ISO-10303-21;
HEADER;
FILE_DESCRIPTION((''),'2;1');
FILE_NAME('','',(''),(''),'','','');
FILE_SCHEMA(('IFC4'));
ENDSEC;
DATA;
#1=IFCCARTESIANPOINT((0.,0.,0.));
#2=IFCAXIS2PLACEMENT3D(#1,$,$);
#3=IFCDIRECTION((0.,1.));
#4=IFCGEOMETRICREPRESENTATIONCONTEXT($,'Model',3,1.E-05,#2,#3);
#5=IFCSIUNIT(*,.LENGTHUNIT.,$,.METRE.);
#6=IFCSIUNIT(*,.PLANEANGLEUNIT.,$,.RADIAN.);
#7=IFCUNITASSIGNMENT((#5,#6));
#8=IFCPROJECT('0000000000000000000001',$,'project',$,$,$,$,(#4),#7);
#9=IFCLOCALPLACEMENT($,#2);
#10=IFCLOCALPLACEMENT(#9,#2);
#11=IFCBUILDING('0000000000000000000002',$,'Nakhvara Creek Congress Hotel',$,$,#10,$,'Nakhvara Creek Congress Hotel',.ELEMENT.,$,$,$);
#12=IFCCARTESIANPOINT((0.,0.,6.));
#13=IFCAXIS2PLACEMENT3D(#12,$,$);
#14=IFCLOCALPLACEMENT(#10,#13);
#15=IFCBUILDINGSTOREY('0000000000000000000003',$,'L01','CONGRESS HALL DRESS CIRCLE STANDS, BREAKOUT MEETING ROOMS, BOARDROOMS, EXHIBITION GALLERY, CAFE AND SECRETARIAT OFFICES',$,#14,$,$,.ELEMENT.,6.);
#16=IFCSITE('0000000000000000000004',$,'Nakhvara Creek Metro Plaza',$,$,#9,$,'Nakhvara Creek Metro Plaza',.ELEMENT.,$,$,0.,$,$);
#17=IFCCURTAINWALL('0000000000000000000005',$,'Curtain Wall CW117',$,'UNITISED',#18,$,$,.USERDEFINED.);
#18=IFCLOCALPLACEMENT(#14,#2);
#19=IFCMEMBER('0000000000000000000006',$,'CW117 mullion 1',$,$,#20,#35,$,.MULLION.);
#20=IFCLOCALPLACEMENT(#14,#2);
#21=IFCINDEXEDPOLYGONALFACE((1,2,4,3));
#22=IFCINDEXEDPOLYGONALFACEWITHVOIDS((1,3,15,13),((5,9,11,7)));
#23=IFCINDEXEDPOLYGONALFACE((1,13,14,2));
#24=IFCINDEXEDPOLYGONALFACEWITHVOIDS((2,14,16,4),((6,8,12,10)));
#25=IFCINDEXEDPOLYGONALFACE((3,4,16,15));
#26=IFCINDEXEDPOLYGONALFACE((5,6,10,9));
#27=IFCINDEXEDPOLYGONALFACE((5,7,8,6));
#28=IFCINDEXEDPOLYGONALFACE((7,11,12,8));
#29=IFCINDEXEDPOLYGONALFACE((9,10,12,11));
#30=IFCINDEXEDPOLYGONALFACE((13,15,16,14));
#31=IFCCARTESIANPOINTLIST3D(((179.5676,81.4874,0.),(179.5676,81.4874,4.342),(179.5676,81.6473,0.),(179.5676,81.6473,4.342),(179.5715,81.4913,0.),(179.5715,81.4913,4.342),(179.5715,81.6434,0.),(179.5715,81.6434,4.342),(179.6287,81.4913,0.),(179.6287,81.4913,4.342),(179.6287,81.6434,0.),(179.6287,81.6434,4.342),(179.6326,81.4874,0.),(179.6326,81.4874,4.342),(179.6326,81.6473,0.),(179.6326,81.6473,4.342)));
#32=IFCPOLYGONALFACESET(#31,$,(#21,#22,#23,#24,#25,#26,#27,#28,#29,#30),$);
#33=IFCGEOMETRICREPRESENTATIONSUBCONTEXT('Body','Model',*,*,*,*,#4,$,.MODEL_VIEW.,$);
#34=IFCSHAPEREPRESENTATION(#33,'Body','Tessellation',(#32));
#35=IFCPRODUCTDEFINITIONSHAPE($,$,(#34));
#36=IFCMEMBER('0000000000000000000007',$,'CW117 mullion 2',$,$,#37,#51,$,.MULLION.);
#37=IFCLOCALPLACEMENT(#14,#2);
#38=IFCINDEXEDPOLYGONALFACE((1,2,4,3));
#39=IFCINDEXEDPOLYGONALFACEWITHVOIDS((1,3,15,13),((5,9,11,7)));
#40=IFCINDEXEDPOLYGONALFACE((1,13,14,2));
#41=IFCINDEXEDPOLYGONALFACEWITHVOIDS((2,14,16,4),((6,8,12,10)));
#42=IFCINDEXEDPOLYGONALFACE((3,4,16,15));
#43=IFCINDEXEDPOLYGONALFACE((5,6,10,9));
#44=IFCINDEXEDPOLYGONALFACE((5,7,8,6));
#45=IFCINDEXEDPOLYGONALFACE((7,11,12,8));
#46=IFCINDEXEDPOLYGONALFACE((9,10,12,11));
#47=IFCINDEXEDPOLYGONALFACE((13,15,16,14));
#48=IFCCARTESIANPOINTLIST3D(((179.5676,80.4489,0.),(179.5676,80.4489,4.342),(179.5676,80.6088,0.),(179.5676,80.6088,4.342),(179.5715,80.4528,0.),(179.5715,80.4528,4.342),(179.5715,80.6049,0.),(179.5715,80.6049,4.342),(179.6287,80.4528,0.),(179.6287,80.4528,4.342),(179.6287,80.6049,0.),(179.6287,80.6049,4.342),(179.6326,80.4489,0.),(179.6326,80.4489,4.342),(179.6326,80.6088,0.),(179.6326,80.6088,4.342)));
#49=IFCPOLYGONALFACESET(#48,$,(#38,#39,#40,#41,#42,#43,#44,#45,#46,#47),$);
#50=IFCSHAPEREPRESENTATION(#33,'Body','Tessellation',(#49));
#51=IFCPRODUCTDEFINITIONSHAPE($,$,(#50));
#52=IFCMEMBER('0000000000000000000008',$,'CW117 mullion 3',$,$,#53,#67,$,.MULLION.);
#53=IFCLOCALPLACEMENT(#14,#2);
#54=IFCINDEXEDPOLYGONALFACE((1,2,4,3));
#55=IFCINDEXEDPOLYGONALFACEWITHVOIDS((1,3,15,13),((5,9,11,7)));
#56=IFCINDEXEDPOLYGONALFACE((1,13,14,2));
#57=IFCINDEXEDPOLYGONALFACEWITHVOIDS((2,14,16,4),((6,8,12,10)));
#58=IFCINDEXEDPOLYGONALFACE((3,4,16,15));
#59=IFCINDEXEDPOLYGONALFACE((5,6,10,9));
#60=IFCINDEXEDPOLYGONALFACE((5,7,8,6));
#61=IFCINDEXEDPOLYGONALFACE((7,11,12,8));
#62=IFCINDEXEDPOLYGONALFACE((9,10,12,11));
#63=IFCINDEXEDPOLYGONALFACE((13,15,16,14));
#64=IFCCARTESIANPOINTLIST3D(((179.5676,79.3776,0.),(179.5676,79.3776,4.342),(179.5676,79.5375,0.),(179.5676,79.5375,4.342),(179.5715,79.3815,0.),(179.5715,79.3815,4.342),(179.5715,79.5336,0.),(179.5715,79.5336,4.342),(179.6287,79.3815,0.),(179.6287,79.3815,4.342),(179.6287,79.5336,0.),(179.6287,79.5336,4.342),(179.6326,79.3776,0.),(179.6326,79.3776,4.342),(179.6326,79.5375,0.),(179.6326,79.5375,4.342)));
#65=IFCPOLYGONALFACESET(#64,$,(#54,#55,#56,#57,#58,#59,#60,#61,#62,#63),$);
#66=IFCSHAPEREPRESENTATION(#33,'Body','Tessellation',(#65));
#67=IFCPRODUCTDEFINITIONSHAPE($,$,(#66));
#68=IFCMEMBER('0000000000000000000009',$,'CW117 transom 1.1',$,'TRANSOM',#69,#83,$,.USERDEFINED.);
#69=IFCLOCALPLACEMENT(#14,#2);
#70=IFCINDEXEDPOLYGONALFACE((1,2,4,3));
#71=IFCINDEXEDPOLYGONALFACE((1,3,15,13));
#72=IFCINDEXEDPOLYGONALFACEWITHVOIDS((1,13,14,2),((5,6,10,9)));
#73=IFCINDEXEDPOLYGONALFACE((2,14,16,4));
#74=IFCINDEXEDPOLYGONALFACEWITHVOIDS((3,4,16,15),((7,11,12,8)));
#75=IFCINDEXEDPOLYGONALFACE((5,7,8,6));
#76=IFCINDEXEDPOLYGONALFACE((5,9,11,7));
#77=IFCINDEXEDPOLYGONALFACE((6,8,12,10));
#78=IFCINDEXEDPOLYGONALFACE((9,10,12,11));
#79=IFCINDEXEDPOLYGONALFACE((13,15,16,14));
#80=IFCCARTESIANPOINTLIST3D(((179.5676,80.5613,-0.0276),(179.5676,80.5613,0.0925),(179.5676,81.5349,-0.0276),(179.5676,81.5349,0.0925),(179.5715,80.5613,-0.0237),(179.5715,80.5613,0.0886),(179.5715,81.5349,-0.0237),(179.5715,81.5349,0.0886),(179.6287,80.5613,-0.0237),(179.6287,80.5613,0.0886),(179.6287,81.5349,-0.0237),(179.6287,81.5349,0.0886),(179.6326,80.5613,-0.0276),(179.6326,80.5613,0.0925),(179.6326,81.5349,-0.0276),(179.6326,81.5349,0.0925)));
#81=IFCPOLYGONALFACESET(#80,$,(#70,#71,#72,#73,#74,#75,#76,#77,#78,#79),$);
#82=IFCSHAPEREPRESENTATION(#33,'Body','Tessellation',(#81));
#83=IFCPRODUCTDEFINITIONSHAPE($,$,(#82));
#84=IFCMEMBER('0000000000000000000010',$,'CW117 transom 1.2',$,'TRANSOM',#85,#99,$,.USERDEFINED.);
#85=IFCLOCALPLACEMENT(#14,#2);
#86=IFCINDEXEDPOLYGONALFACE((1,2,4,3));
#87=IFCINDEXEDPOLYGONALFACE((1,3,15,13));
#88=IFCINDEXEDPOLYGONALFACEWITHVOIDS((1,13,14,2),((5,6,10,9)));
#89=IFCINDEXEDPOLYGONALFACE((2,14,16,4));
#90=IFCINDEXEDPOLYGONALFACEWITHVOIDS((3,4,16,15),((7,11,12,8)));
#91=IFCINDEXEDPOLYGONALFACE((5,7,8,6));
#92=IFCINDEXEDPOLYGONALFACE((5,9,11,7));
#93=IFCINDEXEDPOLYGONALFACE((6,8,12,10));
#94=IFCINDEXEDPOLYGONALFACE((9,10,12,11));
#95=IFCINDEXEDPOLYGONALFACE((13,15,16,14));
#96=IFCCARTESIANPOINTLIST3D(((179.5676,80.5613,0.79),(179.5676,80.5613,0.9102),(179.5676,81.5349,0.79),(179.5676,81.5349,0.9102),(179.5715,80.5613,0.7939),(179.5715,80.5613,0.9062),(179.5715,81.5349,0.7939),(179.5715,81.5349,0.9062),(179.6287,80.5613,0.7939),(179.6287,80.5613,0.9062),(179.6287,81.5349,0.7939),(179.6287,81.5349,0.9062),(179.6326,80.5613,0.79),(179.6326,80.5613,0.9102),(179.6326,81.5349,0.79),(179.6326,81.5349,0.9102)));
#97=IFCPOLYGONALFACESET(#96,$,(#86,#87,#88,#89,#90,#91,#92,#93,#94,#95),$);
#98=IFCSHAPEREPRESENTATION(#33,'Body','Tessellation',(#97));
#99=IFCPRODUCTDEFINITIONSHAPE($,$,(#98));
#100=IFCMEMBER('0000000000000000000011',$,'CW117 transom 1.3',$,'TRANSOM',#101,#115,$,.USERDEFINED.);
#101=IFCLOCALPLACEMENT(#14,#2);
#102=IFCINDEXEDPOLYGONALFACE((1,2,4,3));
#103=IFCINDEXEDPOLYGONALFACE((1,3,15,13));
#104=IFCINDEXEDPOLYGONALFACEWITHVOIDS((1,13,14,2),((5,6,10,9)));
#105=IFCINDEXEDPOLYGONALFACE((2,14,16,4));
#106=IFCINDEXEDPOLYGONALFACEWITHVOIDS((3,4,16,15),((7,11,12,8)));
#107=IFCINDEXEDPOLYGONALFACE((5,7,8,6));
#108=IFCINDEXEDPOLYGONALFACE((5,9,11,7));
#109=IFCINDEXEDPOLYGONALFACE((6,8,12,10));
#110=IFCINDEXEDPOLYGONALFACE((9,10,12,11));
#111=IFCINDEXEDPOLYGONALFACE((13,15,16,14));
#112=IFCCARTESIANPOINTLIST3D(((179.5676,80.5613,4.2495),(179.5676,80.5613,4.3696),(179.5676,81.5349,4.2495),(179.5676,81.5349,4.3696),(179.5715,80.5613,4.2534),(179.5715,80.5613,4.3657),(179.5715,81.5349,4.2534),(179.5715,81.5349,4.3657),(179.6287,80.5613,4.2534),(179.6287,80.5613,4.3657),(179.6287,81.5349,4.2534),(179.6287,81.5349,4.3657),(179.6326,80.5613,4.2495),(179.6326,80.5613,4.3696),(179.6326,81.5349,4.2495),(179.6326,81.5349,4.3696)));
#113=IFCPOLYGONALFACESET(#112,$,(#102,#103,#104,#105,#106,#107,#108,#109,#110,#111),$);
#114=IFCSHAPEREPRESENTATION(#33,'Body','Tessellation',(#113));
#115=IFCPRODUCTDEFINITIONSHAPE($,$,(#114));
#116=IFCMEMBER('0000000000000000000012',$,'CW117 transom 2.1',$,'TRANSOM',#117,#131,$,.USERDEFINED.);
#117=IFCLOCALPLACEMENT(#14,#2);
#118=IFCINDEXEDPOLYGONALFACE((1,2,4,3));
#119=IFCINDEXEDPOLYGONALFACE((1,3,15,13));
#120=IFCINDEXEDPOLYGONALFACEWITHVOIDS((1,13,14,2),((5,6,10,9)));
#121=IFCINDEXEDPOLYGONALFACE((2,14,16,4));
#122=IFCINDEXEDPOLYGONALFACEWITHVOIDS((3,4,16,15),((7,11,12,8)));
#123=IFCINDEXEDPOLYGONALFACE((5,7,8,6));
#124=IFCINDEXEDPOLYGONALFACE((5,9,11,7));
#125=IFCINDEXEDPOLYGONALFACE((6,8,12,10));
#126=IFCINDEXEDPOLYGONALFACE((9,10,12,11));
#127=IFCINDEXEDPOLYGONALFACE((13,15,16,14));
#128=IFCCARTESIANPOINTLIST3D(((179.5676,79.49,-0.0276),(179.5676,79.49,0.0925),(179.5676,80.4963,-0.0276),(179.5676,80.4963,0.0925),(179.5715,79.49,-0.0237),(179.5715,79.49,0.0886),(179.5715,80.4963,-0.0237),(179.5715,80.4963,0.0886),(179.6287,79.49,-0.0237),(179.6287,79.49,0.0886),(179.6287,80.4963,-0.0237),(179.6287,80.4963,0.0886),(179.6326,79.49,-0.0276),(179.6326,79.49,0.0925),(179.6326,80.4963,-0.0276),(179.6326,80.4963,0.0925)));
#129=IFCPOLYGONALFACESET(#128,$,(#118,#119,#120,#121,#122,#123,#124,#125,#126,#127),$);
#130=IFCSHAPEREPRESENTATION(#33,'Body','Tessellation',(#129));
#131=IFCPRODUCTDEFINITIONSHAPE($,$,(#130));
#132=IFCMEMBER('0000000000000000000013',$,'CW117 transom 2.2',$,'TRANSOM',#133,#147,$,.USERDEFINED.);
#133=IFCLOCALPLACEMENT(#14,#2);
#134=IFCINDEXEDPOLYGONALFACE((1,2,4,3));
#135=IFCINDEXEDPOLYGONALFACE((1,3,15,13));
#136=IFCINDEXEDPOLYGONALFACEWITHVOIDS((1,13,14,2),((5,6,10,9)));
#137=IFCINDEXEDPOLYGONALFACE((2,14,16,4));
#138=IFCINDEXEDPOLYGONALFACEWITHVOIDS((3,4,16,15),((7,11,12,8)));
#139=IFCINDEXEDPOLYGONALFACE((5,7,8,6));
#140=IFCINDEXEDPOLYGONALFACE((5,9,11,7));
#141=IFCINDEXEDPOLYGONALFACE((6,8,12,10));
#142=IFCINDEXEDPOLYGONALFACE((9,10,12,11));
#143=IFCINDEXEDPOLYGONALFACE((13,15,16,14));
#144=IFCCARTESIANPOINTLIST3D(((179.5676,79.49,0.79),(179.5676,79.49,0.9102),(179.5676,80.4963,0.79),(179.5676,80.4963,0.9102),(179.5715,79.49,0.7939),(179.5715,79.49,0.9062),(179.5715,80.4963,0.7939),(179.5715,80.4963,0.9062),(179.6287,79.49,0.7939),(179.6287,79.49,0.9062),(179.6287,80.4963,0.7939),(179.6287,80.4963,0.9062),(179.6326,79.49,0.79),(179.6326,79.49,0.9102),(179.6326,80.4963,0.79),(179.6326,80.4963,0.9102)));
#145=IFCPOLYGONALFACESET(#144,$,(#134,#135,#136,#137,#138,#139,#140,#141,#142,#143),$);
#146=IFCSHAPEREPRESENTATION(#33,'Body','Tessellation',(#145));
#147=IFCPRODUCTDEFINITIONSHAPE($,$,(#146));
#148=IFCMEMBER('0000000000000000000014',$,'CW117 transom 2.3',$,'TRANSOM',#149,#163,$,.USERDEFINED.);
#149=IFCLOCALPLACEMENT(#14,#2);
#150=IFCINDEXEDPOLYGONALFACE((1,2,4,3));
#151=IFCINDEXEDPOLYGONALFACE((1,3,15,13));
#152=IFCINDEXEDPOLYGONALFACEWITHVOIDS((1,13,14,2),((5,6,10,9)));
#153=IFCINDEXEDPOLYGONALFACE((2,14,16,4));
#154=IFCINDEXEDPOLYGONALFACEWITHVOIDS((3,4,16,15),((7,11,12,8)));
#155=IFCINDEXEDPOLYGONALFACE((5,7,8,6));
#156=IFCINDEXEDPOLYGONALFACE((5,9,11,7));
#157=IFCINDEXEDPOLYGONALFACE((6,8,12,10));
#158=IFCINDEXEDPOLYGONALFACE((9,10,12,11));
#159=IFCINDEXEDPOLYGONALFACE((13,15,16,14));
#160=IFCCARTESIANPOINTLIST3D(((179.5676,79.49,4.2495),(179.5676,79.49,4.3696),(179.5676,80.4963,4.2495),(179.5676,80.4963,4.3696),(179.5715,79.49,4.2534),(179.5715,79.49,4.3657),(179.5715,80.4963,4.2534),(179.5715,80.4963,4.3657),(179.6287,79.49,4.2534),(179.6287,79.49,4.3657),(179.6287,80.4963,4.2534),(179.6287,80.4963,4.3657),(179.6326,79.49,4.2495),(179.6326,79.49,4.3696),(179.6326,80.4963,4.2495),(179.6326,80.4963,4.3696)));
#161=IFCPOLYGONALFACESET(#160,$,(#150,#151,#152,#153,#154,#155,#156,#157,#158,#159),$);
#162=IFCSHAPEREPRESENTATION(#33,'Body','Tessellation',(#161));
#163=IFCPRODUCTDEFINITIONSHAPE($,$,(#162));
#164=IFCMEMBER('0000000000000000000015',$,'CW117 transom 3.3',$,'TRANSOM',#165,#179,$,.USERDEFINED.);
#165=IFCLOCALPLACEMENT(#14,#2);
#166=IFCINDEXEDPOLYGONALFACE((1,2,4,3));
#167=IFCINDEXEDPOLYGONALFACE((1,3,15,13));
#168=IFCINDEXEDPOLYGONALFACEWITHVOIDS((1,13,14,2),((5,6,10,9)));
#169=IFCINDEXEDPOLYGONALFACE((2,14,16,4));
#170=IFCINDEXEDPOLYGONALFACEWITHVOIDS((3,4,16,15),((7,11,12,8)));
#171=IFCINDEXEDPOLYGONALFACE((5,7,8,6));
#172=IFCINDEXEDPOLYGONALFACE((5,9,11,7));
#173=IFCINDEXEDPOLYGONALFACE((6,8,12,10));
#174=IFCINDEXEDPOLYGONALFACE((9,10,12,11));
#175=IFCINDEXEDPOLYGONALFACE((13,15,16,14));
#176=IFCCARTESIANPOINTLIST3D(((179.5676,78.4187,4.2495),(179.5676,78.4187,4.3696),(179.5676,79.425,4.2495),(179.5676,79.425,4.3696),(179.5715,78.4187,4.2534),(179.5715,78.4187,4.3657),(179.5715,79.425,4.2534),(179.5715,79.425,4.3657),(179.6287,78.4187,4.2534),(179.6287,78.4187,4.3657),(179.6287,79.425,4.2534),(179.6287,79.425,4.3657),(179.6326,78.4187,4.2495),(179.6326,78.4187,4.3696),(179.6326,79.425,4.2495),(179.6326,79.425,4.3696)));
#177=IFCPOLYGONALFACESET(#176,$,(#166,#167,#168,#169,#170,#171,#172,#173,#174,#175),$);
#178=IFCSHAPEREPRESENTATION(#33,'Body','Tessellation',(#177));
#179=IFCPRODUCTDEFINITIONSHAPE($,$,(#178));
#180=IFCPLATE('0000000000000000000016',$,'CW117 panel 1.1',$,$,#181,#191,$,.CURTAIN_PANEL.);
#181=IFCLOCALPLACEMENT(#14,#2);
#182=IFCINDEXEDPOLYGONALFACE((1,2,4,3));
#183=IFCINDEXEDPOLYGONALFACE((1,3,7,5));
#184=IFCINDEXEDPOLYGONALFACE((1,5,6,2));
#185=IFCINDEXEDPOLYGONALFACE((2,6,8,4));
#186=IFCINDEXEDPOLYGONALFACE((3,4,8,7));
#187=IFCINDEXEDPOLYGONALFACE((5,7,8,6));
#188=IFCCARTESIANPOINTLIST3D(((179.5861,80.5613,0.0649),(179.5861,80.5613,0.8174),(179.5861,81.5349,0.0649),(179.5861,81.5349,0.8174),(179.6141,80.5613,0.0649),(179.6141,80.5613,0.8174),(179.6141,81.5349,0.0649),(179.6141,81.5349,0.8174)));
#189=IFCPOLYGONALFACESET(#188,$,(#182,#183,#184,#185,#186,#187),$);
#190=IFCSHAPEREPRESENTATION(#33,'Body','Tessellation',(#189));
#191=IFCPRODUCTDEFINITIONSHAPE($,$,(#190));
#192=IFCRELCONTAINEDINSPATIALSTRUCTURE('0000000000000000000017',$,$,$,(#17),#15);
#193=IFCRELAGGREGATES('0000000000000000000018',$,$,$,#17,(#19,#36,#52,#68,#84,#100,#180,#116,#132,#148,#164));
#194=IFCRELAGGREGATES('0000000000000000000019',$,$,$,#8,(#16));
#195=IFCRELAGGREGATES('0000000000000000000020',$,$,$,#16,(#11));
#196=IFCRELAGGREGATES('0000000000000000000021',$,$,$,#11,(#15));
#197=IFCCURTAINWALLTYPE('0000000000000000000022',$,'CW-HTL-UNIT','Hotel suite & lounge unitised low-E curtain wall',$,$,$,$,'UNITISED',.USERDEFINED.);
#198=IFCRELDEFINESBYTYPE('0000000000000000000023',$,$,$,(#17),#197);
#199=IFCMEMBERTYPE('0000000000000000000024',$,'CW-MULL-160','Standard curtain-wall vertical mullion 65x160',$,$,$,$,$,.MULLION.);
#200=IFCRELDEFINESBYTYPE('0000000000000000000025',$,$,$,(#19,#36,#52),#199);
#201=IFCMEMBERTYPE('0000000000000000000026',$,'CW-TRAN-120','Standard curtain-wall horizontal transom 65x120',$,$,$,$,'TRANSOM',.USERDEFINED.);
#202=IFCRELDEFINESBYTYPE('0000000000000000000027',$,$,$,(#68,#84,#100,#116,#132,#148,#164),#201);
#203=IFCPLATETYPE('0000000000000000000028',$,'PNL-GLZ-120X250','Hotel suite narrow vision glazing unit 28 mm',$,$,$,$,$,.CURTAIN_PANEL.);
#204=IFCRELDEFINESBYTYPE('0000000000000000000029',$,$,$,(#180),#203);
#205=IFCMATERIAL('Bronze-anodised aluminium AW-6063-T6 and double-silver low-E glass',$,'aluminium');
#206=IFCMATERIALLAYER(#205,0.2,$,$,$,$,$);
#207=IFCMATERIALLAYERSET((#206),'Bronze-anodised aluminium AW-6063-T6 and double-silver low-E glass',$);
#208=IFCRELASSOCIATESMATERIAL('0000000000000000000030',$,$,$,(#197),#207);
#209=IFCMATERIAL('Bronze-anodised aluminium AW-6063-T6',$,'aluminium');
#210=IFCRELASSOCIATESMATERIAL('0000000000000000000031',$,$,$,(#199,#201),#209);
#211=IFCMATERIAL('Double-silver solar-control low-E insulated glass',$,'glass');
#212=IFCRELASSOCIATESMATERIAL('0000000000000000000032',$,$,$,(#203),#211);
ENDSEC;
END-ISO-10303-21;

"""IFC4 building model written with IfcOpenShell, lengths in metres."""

from ifc_helpers import new_model, si_unit, direction, frame, origin, origin_2d, place, context, subcontext, project, spatial, rectangle, hollow_rectangle, extrude, material, layer, layer_set, material_profile, profile_set, type_object, element, aggregate, save


model = new_model("IFC4")

# Units and contexts
model_context = context("Model", 3, precision=1e-05, world=origin(), true_north=direction((0.0, 1.0)))
body_context = subcontext(model_context, "Body", "Model", "MODEL_VIEW")
ifc_project = project(units=[si_unit("LENGTHUNIT", "METRE"), si_unit("PLANEANGLEUNIT", "RADIAN")], contexts=[model_context])

# Site, building, storey
site_placement = place(None, origin())
site = spatial("IfcSite", under=ifc_project, at=site_placement, Name="Nakhvara Creek Metro Plaza", LongName="Nakhvara Creek Metro Plaza", CompositionType="ELEMENT", RefElevation=0.0)
building_placement = place(site_placement, origin())
building = spatial("IfcBuilding", under=site, at=building_placement, Name="Nakhvara Creek Congress Hotel", LongName="Nakhvara Creek Congress Hotel", CompositionType="ELEMENT")
storey_placement = place(building_placement, frame((0.0, 0.0, 6.0)))
storey = spatial("IfcBuildingStorey", under=building, at=storey_placement, Name="L01", Description="CONGRESS HALL DRESS CIRCLE STANDS, BREAKOUT MEETING ROOMS, BOARDROOMS, EXHIBITION GALLERY, CAFE AND SECRETARIAT OFFICES", CompositionType="ELEMENT", Elevation=6.0)

# Curtain wall, members, plate
ifc_material_1 = material(Name="Bronze-anodised aluminium AW-6063-T6 and double-silver low-E glass", Category="aluminium")
ifc_layer_1 = layer(ifc_material_1, 0.2)
ifc_layer_set_1 = layer_set([ifc_layer_1], Name="Bronze-anodised aluminium AW-6063-T6 and double-silver low-E glass")
curtain_wall_type = type_object("IfcCurtainWallType", Name="CW-HTL-UNIT", Description="Hotel suite & lounge unitised low-E curtain wall", ElementType="UNITISED", PredefinedType="USERDEFINED", material=ifc_layer_set_1)
curtain_wall_placement = place(storey_placement, origin())
curtain_wall = element("IfcCurtainWall", 1, at=curtain_wall_placement, inside=storey, type_object=curtain_wall_type, Name="Curtain Wall CW117", ObjectType="UNITISED", PredefinedType="USERDEFINED")
ifc_material_2 = material(Name="Bronze-anodised aluminium AW-6063-T6", Category="aluminium")
ifc_material_profile_1 = material_profile(ifc_material_2, hollow_rectangle(XDim=0.0649, YDim=0.1599, WallThickness=0.0039, at=origin_2d()), Name="ALU-MULL 65x160x4", Category="LoadBearing")
ifc_profile_set_1 = profile_set([ifc_material_profile_1], Name="Bronze-anodised aluminium AW-6063-T6")
member_type_1 = type_object("IfcMemberType", Name="CW-MULL-160", Description="Standard curtain-wall vertical mullion 65x160", PredefinedType="MULLION", material=ifc_profile_set_1)
member_1_placement = place(storey_placement, frame((179.6001, 81.5674, 0.0), z_axis=(0.0, 0.0, 1.0), x_axis=(1.0, 0.0, 0.0)))
member_1 = element("IfcMember", 2, at=member_1_placement, type_object=member_type_1, Name="CW117 mullion 1", PredefinedType="MULLION", context=body_context, shape_type="SweptSolid", body=[
    extrude(hollow_rectangle(XDim=0.0649, YDim=0.1599, WallThickness=0.0039, at=origin_2d()), origin(), (0.0, 0.0, 1.0), 4.342),
])
member_2_placement = place(storey_placement, frame((179.6001, 80.5288, 0.0), z_axis=(0.0, 0.0, 1.0), x_axis=(1.0, 0.0, 0.0)))
member_2 = element("IfcMember", 3, at=member_2_placement, type_object=member_type_1, Name="CW117 mullion 2", PredefinedType="MULLION", context=body_context, shape_type="SweptSolid", body=[
    extrude(hollow_rectangle(XDim=0.0649, YDim=0.1599, WallThickness=0.0039, at=origin_2d()), origin(), (0.0, 0.0, 1.0), 4.342),
])
member_3_placement = place(storey_placement, frame((179.6001, 79.4575, 0.0), z_axis=(0.0, 0.0, 1.0), x_axis=(1.0, 0.0, 0.0)))
member_3 = element("IfcMember", 4, at=member_3_placement, type_object=member_type_1, Name="CW117 mullion 3", PredefinedType="MULLION", context=body_context, shape_type="SweptSolid", body=[
    extrude(hollow_rectangle(XDim=0.0649, YDim=0.1599, WallThickness=0.0039, at=origin_2d()), origin(), (0.0, 0.0, 1.0), 4.342),
])
ifc_material_profile_2 = material_profile(ifc_material_2, hollow_rectangle(XDim=0.0649, YDim=0.1201, WallThickness=0.0039, at=origin_2d()), Name="ALU-TRAN 65x120x4", Category="LoadBearing")
ifc_profile_set_2 = profile_set([ifc_material_profile_2], Name="Bronze-anodised aluminium AW-6063-T6")
member_type_2 = type_object("IfcMemberType", Name="CW-TRAN-120", Description="Standard curtain-wall horizontal transom 65x120", ElementType="TRANSOM", PredefinedType="USERDEFINED", material=ifc_profile_set_2)
member_4_placement = place(storey_placement, frame((179.6001, 81.5349, 0.0325), z_axis=(0.0, -1.0, 0.0), x_axis=(1.0, 0.0, 0.0)))
member_4 = element("IfcMember", 5, at=member_4_placement, type_object=member_type_2, Name="CW117 transom 1.1", ObjectType="TRANSOM", PredefinedType="USERDEFINED", context=body_context, shape_type="SweptSolid", body=[
    extrude(hollow_rectangle(XDim=0.0649, YDim=0.1201, WallThickness=0.0039, at=origin_2d()), origin(), (0.0, 0.0, 1.0), 0.9736),
])
member_5_placement = place(storey_placement, frame((179.6001, 81.5349, 0.8501), z_axis=(0.0, -1.0, 0.0), x_axis=(1.0, 0.0, 0.0)))
member_5 = element("IfcMember", 6, at=member_5_placement, type_object=member_type_2, Name="CW117 transom 1.2", ObjectType="TRANSOM", PredefinedType="USERDEFINED", context=body_context, shape_type="SweptSolid", body=[
    extrude(hollow_rectangle(XDim=0.0649, YDim=0.1201, WallThickness=0.0039, at=origin_2d()), origin(), (0.0, 0.0, 1.0), 0.9736),
])
member_6_placement = place(storey_placement, frame((179.6001, 81.5349, 4.3096), z_axis=(0.0, -1.0, 0.0), x_axis=(1.0, 0.0, 0.0)))
member_6 = element("IfcMember", 7, at=member_6_placement, type_object=member_type_2, Name="CW117 transom 1.3", ObjectType="TRANSOM", PredefinedType="USERDEFINED", context=body_context, shape_type="SweptSolid", body=[
    extrude(hollow_rectangle(XDim=0.0649, YDim=0.1201, WallThickness=0.0039, at=origin_2d()), origin(), (0.0, 0.0, 1.0), 0.9736),
])
member_7_placement = place(storey_placement, frame((179.6001, 80.4963, 0.0325), z_axis=(0.0, -1.0, 0.0), x_axis=(1.0, 0.0, 0.0)))
member_7 = element("IfcMember", 8, at=member_7_placement, type_object=member_type_2, Name="CW117 transom 2.1", ObjectType="TRANSOM", PredefinedType="USERDEFINED", context=body_context, shape_type="SweptSolid", body=[
    extrude(hollow_rectangle(XDim=0.0649, YDim=0.1201, WallThickness=0.0039, at=origin_2d()), origin(), (0.0, 0.0, 1.0), 1.0063),
])
member_8_placement = place(storey_placement, frame((179.6001, 80.4963, 0.8501), z_axis=(0.0, -1.0, 0.0), x_axis=(1.0, 0.0, 0.0)))
member_8 = element("IfcMember", 9, at=member_8_placement, type_object=member_type_2, Name="CW117 transom 2.2", ObjectType="TRANSOM", PredefinedType="USERDEFINED", context=body_context, shape_type="SweptSolid", body=[
    extrude(hollow_rectangle(XDim=0.0649, YDim=0.1201, WallThickness=0.0039, at=origin_2d()), origin(), (0.0, 0.0, 1.0), 1.0063),
])
member_9_placement = place(storey_placement, frame((179.6001, 80.4963, 4.3096), z_axis=(0.0, -1.0, 0.0), x_axis=(1.0, 0.0, 0.0)))
member_9 = element("IfcMember", 10, at=member_9_placement, type_object=member_type_2, Name="CW117 transom 2.3", ObjectType="TRANSOM", PredefinedType="USERDEFINED", context=body_context, shape_type="SweptSolid", body=[
    extrude(hollow_rectangle(XDim=0.0649, YDim=0.1201, WallThickness=0.0039, at=origin_2d()), origin(), (0.0, 0.0, 1.0), 1.0063),
])
member_10_placement = place(storey_placement, frame((179.6001, 79.425, 4.3096), z_axis=(0.0, -1.0, 0.0), x_axis=(1.0, 0.0, 0.0)))
member_10 = element("IfcMember", 11, at=member_10_placement, type_object=member_type_2, Name="CW117 transom 3.3", ObjectType="TRANSOM", PredefinedType="USERDEFINED", context=body_context, shape_type="SweptSolid", body=[
    extrude(hollow_rectangle(XDim=0.0649, YDim=0.1201, WallThickness=0.0039, at=origin_2d()), origin(), (0.0, 0.0, 1.0), 1.0063),
])
ifc_material_3 = material(Name="Double-silver solar-control low-E insulated glass", Category="glass")
plate_type = type_object("IfcPlateType", Name="PNL-GLZ-120X250", Description="Hotel suite narrow vision glazing unit 28 mm", PredefinedType="CURTAIN_PANEL", material=ifc_material_3)
plate_1_placement = place(storey_placement, frame((179.6001, 81.0481, 0.0649), z_axis=(0.0, 0.0, 1.0), x_axis=(0.0, -1.0, 0.0)))
plate_1 = element("IfcPlate", 12, at=plate_1_placement, type_object=plate_type, Name="CW117 panel 1.1", PredefinedType="CURTAIN_PANEL", context=body_context, shape_type="SweptSolid", body=[
    extrude(rectangle(XDim=0.9736, YDim=0.0281, at=origin_2d()), origin(), (0.0, 0.0, 1.0), 0.7524),
])
aggregate(curtain_wall, [member_1, member_2, member_3, member_4, member_5, member_6, plate_1, member_7, member_8, member_9, member_10])

save(model, "model.ifc")
